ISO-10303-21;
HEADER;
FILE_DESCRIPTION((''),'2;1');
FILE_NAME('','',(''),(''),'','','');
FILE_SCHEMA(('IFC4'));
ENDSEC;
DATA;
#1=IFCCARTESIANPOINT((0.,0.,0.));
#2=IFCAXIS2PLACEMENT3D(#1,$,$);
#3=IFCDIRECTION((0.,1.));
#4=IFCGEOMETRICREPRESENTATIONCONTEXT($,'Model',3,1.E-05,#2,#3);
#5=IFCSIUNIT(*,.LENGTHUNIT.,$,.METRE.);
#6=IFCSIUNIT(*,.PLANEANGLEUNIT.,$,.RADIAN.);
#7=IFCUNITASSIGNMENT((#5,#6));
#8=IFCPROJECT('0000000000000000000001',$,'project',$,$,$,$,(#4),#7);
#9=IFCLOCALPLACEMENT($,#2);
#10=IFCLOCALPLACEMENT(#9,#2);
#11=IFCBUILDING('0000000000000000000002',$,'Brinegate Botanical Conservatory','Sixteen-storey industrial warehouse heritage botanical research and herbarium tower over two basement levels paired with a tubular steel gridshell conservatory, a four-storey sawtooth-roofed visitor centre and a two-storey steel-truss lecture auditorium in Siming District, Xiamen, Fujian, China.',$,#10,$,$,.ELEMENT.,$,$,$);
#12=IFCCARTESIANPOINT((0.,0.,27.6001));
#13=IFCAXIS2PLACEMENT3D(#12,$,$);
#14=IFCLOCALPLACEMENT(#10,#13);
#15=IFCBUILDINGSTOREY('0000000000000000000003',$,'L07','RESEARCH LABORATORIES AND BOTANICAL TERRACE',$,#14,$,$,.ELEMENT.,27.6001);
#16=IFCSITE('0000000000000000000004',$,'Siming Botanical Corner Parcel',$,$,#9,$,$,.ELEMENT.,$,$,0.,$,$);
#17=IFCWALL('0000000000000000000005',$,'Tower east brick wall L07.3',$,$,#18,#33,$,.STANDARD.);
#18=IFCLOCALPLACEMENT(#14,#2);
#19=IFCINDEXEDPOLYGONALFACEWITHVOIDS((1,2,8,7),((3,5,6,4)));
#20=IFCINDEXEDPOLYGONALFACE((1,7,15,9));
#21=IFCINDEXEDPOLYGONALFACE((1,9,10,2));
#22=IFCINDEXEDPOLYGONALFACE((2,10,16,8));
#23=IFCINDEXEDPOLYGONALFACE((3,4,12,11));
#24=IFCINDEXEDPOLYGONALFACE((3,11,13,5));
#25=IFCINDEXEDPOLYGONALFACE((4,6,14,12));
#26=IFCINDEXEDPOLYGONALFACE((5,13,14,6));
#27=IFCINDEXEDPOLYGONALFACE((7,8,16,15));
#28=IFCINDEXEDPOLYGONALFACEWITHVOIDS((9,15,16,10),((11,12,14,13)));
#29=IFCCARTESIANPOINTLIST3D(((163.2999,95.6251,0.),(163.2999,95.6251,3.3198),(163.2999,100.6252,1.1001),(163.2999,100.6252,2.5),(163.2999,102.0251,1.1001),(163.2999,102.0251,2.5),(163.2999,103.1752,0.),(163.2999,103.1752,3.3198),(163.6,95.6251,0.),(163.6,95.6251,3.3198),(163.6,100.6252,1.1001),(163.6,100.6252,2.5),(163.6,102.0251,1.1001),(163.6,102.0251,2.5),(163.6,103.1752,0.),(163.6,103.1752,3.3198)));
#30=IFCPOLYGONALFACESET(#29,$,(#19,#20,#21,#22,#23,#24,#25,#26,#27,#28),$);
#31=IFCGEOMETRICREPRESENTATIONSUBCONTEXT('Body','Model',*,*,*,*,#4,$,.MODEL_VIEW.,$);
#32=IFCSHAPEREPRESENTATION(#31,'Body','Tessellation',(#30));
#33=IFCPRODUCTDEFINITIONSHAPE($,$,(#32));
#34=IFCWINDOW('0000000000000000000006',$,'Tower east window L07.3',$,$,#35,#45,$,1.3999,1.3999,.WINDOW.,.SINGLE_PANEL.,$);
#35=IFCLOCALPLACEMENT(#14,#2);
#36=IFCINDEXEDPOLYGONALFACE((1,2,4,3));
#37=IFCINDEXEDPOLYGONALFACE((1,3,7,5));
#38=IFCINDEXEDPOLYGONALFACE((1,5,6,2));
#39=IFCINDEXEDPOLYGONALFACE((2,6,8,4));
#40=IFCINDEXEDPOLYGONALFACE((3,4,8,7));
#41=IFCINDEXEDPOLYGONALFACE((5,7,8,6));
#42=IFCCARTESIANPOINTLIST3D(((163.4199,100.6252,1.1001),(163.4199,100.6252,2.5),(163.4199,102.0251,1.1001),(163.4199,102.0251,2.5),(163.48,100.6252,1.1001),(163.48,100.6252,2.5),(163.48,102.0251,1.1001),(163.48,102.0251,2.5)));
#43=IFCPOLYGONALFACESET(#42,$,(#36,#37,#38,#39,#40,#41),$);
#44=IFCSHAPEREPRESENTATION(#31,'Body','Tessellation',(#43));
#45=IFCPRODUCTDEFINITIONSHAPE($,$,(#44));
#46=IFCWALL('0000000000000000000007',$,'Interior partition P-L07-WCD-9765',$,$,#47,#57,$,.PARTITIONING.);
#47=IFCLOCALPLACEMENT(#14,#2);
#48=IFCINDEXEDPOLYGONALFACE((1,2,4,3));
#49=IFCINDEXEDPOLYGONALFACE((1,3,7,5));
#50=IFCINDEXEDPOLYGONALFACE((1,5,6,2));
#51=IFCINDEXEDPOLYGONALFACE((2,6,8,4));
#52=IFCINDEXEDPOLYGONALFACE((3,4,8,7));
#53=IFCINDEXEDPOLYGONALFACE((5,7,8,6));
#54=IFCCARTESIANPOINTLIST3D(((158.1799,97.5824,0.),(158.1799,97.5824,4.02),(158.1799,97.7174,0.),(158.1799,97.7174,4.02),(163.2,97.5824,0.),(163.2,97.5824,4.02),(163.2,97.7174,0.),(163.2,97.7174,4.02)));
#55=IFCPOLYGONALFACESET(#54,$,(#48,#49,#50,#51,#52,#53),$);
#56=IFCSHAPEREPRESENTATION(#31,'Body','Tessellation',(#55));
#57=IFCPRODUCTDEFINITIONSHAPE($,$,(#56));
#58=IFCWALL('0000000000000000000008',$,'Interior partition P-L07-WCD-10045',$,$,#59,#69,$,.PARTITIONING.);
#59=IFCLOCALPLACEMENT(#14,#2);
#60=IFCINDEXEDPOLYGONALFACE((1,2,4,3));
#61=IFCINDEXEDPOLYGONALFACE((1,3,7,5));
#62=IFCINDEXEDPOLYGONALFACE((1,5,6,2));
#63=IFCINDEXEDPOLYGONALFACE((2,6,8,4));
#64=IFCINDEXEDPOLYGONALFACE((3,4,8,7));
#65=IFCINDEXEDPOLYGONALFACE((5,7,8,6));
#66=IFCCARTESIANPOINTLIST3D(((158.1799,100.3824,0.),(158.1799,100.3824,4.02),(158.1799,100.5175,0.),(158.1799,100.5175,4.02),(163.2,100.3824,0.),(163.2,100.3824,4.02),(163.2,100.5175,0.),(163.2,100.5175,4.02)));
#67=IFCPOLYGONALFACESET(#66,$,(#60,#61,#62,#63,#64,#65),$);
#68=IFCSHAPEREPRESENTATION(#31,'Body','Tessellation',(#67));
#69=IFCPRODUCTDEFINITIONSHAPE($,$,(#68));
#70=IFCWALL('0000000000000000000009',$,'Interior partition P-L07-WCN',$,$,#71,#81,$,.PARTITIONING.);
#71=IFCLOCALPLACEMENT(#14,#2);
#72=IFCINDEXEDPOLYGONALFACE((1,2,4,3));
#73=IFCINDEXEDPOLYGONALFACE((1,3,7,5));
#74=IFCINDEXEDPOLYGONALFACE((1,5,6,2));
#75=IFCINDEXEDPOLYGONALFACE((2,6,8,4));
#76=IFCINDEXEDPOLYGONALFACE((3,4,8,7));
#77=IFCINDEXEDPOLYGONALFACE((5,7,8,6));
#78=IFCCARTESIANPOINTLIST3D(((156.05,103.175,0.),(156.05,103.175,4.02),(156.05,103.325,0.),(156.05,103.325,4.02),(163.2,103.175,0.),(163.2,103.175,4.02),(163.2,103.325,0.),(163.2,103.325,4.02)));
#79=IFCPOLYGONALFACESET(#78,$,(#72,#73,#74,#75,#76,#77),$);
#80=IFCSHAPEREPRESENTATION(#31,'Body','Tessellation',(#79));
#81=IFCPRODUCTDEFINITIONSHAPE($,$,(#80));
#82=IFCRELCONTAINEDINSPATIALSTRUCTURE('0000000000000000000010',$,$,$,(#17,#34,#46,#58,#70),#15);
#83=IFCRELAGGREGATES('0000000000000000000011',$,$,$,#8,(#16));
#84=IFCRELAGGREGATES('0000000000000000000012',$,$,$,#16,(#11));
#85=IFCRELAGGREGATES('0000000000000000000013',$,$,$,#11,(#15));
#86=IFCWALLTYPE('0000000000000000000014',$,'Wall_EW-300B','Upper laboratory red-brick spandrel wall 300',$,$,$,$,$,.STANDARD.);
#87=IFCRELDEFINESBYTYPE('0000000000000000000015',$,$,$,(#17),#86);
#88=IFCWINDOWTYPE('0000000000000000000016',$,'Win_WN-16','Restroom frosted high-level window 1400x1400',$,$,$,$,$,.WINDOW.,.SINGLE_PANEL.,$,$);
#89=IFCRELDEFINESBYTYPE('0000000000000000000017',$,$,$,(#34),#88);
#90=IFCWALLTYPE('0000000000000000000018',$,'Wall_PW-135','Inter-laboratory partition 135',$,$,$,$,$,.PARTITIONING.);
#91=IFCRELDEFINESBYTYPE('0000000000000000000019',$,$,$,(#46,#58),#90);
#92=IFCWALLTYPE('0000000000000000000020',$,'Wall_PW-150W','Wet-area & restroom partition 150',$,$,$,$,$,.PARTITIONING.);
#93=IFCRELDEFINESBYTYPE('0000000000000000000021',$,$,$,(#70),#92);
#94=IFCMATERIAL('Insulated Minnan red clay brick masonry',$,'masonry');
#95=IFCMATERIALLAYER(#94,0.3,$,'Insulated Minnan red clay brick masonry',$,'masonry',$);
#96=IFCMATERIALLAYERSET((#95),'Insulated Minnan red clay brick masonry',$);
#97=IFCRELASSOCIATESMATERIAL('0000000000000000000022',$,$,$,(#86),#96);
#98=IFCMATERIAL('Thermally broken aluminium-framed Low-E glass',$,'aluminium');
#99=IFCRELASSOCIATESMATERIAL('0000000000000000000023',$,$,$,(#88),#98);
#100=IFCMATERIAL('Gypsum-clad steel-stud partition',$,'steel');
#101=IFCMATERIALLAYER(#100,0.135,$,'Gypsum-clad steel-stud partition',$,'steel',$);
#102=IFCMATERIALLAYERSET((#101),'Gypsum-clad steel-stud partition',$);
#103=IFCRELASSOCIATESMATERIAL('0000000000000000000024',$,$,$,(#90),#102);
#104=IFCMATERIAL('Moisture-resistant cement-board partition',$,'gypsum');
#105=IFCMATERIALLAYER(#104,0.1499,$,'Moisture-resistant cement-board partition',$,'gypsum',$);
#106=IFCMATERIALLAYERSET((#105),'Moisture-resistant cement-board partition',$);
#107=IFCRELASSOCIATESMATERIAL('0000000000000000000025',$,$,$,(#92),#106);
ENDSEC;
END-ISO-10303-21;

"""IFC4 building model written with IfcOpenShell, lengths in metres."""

from ifc_helpers import new_model, si_unit, direction, frame, frame_2d, origin, place, context, subcontext, project, spatial, rectangle, extrude, material, layer, layer_set, type_object, element, fill, save


model = new_model("IFC4")

# Units and contexts
model_context = context("Model", 3, precision=1e-05, world=origin(), true_north=direction((0.0, 1.0)))
body_context = subcontext(model_context, "Body", "Model", "MODEL_VIEW")
ifc_project = project(units=[si_unit("LENGTHUNIT", "METRE"), si_unit("PLANEANGLEUNIT", "RADIAN")], contexts=[model_context])

# Site, building, storey
site_placement = place(None, origin())
site = spatial("IfcSite", under=ifc_project, at=site_placement, Name="Siming Botanical Corner Parcel", CompositionType="ELEMENT", RefElevation=0.0)
building_placement = place(site_placement, origin())
building = spatial("IfcBuilding", under=site, at=building_placement, Name="Brinegate Botanical Conservatory", Description="Sixteen-storey industrial warehouse heritage botanical research and herbarium tower over two basement levels paired with a tubular steel gridshell conservatory, a four-storey sawtooth-roofed visitor centre and a two-storey steel-truss lecture auditorium in Siming District, Xiamen, Fujian, China.", CompositionType="ELEMENT")
storey_placement = place(building_placement, frame((0.0, 0.0, 27.6001)))
storey = spatial("IfcBuildingStorey", under=building, at=storey_placement, Name="L07", Description="RESEARCH LABORATORIES AND BOTANICAL TERRACE", CompositionType="ELEMENT", Elevation=27.6001)

# Wall, opening, window
ifc_material_1 = material(Name="Insulated Minnan red clay brick masonry", Category="masonry")
ifc_layer_1 = layer(ifc_material_1, 0.3, Name="Insulated Minnan red clay brick masonry", Category="masonry")
ifc_layer_set_1 = layer_set([ifc_layer_1], Name="Insulated Minnan red clay brick masonry")
wall_type_1 = type_object("IfcWallType", Name="Wall_EW-300B", Description="Upper laboratory red-brick spandrel wall 300", PredefinedType="STANDARD", material=ifc_layer_set_1)
wall_1_placement = place(storey_placement, frame((163.45, 103.175, 0.0), z_axis=(0.0, 0.0, 1.0), x_axis=(0.0, -1.0, 0.0)))
wall_1 = element("IfcWall", 1, at=wall_1_placement, inside=storey, type_object=wall_type_1, Name="Tower east brick wall L07.3", PredefinedType="STANDARD", context=body_context, shape_type="SweptSolid", body=[
    extrude(rectangle(XDim=7.55, YDim=0.3, at=frame_2d((3.7749, 0.0))), origin(), (0.0, 0.0, 1.0), 3.3198),
])
opening_placement = place(wall_1_placement, frame((1.1499, 0.0, 1.1001)))
opening = element("IfcOpeningElement", 2, at=opening_placement, cuts=wall_1, PredefinedType="OPENING", context=body_context, shape_type="SweptSolid", body=[
    extrude(rectangle(XDim=1.3999, YDim=1.3999, at=frame_2d((0.7, 0.7))), frame((0.0, 0.1599, 0.0), z_axis=(0.0, -1.0, 0.0), x_axis=(1.0, 0.0, 0.0)), (0.0, 0.0, 1.0), 0.3201),
])
ifc_material_2 = material(Name="Thermally broken aluminium-framed Low-E glass", Category="aluminium")
window_type = type_object("IfcWindowType", Name="Win_WN-16", Description="Restroom frosted high-level window 1400x1400", PartitioningType="SINGLE_PANEL", PredefinedType="WINDOW", material=ifc_material_2)
window_placement = place(opening_placement, origin())
window = element("IfcWindow", 3, at=window_placement, inside=storey, type_object=window_type, Name="Tower east window L07.3", OverallHeight=1.3999, OverallWidth=1.3999, PartitioningType="SINGLE_PANEL", PredefinedType="WINDOW", context=body_context, shape_type="SweptSolid", body=[
    extrude(rectangle(XDim=1.3999, YDim=1.3999, at=frame_2d((0.7, 0.7))), frame((0.0, 0.03, 0.0), z_axis=(0.0, -1.0, 0.0), x_axis=(1.0, 0.0, 0.0)), (0.0, 0.0, 1.0), 0.0601),
])
fill(opening, window)

# Walls
ifc_material_3 = material(Name="Gypsum-clad steel-stud partition", Category="steel")
ifc_layer_2 = layer(ifc_material_3, 0.135, Name="Gypsum-clad steel-stud partition", Category="steel")
ifc_layer_set_2 = layer_set([ifc_layer_2], Name="Gypsum-clad steel-stud partition")
wall_type_2 = type_object("IfcWallType", Name="Wall_PW-135", Description="Inter-laboratory partition 135", PredefinedType="PARTITIONING", material=ifc_layer_set_2)
for number, where, z_axis, x_axis, name in (
    (4, (158.1799, 97.6499, 0.0), (0.0, 0.0, 1.0), (1.0, 0.0, 0.0), "Interior partition P-L07-WCD-9765"),
    (5, (158.1799, 100.45, 0.0), (0.0, 0.0, 1.0), (1.0, 0.0, 0.0), "Interior partition P-L07-WCD-10045"),
):
    element("IfcWall", number, at=place(storey_placement, frame(where, z_axis=z_axis, x_axis=x_axis)), inside=storey, type_object=wall_type_2, Name=name, PredefinedType="PARTITIONING", context=body_context, shape_type="SweptSolid", body=[
        extrude(rectangle(XDim=5.02, YDim=0.135, at=frame_2d((2.51, 0.0))), origin(), (0.0, 0.0, 1.0), 4.02),
    ])
ifc_material_4 = material(Name="Moisture-resistant cement-board partition", Category="gypsum")
ifc_layer_3 = layer(ifc_material_4, 0.1499, Name="Moisture-resistant cement-board partition", Category="gypsum")
ifc_layer_set_3 = layer_set([ifc_layer_3], Name="Moisture-resistant cement-board partition")
wall_type_3 = type_object("IfcWallType", Name="Wall_PW-150W", Description="Wet-area & restroom partition 150", PredefinedType="PARTITIONING", material=ifc_layer_set_3)
wall_2_placement = place(storey_placement, frame((156.05, 103.25, 0.0), z_axis=(0.0, 0.0, 1.0), x_axis=(1.0, 0.0, 0.0)))
element("IfcWall", 6, at=wall_2_placement, inside=storey, type_object=wall_type_3, Name="Interior partition P-L07-WCN", PredefinedType="PARTITIONING", context=body_context, shape_type="SweptSolid", body=[
    extrude(rectangle(XDim=7.1499, YDim=0.1499, at=frame_2d((3.575, 0.0))), origin(), (0.0, 0.0, 1.0), 4.02),
])

save(model, "model.ifc")
